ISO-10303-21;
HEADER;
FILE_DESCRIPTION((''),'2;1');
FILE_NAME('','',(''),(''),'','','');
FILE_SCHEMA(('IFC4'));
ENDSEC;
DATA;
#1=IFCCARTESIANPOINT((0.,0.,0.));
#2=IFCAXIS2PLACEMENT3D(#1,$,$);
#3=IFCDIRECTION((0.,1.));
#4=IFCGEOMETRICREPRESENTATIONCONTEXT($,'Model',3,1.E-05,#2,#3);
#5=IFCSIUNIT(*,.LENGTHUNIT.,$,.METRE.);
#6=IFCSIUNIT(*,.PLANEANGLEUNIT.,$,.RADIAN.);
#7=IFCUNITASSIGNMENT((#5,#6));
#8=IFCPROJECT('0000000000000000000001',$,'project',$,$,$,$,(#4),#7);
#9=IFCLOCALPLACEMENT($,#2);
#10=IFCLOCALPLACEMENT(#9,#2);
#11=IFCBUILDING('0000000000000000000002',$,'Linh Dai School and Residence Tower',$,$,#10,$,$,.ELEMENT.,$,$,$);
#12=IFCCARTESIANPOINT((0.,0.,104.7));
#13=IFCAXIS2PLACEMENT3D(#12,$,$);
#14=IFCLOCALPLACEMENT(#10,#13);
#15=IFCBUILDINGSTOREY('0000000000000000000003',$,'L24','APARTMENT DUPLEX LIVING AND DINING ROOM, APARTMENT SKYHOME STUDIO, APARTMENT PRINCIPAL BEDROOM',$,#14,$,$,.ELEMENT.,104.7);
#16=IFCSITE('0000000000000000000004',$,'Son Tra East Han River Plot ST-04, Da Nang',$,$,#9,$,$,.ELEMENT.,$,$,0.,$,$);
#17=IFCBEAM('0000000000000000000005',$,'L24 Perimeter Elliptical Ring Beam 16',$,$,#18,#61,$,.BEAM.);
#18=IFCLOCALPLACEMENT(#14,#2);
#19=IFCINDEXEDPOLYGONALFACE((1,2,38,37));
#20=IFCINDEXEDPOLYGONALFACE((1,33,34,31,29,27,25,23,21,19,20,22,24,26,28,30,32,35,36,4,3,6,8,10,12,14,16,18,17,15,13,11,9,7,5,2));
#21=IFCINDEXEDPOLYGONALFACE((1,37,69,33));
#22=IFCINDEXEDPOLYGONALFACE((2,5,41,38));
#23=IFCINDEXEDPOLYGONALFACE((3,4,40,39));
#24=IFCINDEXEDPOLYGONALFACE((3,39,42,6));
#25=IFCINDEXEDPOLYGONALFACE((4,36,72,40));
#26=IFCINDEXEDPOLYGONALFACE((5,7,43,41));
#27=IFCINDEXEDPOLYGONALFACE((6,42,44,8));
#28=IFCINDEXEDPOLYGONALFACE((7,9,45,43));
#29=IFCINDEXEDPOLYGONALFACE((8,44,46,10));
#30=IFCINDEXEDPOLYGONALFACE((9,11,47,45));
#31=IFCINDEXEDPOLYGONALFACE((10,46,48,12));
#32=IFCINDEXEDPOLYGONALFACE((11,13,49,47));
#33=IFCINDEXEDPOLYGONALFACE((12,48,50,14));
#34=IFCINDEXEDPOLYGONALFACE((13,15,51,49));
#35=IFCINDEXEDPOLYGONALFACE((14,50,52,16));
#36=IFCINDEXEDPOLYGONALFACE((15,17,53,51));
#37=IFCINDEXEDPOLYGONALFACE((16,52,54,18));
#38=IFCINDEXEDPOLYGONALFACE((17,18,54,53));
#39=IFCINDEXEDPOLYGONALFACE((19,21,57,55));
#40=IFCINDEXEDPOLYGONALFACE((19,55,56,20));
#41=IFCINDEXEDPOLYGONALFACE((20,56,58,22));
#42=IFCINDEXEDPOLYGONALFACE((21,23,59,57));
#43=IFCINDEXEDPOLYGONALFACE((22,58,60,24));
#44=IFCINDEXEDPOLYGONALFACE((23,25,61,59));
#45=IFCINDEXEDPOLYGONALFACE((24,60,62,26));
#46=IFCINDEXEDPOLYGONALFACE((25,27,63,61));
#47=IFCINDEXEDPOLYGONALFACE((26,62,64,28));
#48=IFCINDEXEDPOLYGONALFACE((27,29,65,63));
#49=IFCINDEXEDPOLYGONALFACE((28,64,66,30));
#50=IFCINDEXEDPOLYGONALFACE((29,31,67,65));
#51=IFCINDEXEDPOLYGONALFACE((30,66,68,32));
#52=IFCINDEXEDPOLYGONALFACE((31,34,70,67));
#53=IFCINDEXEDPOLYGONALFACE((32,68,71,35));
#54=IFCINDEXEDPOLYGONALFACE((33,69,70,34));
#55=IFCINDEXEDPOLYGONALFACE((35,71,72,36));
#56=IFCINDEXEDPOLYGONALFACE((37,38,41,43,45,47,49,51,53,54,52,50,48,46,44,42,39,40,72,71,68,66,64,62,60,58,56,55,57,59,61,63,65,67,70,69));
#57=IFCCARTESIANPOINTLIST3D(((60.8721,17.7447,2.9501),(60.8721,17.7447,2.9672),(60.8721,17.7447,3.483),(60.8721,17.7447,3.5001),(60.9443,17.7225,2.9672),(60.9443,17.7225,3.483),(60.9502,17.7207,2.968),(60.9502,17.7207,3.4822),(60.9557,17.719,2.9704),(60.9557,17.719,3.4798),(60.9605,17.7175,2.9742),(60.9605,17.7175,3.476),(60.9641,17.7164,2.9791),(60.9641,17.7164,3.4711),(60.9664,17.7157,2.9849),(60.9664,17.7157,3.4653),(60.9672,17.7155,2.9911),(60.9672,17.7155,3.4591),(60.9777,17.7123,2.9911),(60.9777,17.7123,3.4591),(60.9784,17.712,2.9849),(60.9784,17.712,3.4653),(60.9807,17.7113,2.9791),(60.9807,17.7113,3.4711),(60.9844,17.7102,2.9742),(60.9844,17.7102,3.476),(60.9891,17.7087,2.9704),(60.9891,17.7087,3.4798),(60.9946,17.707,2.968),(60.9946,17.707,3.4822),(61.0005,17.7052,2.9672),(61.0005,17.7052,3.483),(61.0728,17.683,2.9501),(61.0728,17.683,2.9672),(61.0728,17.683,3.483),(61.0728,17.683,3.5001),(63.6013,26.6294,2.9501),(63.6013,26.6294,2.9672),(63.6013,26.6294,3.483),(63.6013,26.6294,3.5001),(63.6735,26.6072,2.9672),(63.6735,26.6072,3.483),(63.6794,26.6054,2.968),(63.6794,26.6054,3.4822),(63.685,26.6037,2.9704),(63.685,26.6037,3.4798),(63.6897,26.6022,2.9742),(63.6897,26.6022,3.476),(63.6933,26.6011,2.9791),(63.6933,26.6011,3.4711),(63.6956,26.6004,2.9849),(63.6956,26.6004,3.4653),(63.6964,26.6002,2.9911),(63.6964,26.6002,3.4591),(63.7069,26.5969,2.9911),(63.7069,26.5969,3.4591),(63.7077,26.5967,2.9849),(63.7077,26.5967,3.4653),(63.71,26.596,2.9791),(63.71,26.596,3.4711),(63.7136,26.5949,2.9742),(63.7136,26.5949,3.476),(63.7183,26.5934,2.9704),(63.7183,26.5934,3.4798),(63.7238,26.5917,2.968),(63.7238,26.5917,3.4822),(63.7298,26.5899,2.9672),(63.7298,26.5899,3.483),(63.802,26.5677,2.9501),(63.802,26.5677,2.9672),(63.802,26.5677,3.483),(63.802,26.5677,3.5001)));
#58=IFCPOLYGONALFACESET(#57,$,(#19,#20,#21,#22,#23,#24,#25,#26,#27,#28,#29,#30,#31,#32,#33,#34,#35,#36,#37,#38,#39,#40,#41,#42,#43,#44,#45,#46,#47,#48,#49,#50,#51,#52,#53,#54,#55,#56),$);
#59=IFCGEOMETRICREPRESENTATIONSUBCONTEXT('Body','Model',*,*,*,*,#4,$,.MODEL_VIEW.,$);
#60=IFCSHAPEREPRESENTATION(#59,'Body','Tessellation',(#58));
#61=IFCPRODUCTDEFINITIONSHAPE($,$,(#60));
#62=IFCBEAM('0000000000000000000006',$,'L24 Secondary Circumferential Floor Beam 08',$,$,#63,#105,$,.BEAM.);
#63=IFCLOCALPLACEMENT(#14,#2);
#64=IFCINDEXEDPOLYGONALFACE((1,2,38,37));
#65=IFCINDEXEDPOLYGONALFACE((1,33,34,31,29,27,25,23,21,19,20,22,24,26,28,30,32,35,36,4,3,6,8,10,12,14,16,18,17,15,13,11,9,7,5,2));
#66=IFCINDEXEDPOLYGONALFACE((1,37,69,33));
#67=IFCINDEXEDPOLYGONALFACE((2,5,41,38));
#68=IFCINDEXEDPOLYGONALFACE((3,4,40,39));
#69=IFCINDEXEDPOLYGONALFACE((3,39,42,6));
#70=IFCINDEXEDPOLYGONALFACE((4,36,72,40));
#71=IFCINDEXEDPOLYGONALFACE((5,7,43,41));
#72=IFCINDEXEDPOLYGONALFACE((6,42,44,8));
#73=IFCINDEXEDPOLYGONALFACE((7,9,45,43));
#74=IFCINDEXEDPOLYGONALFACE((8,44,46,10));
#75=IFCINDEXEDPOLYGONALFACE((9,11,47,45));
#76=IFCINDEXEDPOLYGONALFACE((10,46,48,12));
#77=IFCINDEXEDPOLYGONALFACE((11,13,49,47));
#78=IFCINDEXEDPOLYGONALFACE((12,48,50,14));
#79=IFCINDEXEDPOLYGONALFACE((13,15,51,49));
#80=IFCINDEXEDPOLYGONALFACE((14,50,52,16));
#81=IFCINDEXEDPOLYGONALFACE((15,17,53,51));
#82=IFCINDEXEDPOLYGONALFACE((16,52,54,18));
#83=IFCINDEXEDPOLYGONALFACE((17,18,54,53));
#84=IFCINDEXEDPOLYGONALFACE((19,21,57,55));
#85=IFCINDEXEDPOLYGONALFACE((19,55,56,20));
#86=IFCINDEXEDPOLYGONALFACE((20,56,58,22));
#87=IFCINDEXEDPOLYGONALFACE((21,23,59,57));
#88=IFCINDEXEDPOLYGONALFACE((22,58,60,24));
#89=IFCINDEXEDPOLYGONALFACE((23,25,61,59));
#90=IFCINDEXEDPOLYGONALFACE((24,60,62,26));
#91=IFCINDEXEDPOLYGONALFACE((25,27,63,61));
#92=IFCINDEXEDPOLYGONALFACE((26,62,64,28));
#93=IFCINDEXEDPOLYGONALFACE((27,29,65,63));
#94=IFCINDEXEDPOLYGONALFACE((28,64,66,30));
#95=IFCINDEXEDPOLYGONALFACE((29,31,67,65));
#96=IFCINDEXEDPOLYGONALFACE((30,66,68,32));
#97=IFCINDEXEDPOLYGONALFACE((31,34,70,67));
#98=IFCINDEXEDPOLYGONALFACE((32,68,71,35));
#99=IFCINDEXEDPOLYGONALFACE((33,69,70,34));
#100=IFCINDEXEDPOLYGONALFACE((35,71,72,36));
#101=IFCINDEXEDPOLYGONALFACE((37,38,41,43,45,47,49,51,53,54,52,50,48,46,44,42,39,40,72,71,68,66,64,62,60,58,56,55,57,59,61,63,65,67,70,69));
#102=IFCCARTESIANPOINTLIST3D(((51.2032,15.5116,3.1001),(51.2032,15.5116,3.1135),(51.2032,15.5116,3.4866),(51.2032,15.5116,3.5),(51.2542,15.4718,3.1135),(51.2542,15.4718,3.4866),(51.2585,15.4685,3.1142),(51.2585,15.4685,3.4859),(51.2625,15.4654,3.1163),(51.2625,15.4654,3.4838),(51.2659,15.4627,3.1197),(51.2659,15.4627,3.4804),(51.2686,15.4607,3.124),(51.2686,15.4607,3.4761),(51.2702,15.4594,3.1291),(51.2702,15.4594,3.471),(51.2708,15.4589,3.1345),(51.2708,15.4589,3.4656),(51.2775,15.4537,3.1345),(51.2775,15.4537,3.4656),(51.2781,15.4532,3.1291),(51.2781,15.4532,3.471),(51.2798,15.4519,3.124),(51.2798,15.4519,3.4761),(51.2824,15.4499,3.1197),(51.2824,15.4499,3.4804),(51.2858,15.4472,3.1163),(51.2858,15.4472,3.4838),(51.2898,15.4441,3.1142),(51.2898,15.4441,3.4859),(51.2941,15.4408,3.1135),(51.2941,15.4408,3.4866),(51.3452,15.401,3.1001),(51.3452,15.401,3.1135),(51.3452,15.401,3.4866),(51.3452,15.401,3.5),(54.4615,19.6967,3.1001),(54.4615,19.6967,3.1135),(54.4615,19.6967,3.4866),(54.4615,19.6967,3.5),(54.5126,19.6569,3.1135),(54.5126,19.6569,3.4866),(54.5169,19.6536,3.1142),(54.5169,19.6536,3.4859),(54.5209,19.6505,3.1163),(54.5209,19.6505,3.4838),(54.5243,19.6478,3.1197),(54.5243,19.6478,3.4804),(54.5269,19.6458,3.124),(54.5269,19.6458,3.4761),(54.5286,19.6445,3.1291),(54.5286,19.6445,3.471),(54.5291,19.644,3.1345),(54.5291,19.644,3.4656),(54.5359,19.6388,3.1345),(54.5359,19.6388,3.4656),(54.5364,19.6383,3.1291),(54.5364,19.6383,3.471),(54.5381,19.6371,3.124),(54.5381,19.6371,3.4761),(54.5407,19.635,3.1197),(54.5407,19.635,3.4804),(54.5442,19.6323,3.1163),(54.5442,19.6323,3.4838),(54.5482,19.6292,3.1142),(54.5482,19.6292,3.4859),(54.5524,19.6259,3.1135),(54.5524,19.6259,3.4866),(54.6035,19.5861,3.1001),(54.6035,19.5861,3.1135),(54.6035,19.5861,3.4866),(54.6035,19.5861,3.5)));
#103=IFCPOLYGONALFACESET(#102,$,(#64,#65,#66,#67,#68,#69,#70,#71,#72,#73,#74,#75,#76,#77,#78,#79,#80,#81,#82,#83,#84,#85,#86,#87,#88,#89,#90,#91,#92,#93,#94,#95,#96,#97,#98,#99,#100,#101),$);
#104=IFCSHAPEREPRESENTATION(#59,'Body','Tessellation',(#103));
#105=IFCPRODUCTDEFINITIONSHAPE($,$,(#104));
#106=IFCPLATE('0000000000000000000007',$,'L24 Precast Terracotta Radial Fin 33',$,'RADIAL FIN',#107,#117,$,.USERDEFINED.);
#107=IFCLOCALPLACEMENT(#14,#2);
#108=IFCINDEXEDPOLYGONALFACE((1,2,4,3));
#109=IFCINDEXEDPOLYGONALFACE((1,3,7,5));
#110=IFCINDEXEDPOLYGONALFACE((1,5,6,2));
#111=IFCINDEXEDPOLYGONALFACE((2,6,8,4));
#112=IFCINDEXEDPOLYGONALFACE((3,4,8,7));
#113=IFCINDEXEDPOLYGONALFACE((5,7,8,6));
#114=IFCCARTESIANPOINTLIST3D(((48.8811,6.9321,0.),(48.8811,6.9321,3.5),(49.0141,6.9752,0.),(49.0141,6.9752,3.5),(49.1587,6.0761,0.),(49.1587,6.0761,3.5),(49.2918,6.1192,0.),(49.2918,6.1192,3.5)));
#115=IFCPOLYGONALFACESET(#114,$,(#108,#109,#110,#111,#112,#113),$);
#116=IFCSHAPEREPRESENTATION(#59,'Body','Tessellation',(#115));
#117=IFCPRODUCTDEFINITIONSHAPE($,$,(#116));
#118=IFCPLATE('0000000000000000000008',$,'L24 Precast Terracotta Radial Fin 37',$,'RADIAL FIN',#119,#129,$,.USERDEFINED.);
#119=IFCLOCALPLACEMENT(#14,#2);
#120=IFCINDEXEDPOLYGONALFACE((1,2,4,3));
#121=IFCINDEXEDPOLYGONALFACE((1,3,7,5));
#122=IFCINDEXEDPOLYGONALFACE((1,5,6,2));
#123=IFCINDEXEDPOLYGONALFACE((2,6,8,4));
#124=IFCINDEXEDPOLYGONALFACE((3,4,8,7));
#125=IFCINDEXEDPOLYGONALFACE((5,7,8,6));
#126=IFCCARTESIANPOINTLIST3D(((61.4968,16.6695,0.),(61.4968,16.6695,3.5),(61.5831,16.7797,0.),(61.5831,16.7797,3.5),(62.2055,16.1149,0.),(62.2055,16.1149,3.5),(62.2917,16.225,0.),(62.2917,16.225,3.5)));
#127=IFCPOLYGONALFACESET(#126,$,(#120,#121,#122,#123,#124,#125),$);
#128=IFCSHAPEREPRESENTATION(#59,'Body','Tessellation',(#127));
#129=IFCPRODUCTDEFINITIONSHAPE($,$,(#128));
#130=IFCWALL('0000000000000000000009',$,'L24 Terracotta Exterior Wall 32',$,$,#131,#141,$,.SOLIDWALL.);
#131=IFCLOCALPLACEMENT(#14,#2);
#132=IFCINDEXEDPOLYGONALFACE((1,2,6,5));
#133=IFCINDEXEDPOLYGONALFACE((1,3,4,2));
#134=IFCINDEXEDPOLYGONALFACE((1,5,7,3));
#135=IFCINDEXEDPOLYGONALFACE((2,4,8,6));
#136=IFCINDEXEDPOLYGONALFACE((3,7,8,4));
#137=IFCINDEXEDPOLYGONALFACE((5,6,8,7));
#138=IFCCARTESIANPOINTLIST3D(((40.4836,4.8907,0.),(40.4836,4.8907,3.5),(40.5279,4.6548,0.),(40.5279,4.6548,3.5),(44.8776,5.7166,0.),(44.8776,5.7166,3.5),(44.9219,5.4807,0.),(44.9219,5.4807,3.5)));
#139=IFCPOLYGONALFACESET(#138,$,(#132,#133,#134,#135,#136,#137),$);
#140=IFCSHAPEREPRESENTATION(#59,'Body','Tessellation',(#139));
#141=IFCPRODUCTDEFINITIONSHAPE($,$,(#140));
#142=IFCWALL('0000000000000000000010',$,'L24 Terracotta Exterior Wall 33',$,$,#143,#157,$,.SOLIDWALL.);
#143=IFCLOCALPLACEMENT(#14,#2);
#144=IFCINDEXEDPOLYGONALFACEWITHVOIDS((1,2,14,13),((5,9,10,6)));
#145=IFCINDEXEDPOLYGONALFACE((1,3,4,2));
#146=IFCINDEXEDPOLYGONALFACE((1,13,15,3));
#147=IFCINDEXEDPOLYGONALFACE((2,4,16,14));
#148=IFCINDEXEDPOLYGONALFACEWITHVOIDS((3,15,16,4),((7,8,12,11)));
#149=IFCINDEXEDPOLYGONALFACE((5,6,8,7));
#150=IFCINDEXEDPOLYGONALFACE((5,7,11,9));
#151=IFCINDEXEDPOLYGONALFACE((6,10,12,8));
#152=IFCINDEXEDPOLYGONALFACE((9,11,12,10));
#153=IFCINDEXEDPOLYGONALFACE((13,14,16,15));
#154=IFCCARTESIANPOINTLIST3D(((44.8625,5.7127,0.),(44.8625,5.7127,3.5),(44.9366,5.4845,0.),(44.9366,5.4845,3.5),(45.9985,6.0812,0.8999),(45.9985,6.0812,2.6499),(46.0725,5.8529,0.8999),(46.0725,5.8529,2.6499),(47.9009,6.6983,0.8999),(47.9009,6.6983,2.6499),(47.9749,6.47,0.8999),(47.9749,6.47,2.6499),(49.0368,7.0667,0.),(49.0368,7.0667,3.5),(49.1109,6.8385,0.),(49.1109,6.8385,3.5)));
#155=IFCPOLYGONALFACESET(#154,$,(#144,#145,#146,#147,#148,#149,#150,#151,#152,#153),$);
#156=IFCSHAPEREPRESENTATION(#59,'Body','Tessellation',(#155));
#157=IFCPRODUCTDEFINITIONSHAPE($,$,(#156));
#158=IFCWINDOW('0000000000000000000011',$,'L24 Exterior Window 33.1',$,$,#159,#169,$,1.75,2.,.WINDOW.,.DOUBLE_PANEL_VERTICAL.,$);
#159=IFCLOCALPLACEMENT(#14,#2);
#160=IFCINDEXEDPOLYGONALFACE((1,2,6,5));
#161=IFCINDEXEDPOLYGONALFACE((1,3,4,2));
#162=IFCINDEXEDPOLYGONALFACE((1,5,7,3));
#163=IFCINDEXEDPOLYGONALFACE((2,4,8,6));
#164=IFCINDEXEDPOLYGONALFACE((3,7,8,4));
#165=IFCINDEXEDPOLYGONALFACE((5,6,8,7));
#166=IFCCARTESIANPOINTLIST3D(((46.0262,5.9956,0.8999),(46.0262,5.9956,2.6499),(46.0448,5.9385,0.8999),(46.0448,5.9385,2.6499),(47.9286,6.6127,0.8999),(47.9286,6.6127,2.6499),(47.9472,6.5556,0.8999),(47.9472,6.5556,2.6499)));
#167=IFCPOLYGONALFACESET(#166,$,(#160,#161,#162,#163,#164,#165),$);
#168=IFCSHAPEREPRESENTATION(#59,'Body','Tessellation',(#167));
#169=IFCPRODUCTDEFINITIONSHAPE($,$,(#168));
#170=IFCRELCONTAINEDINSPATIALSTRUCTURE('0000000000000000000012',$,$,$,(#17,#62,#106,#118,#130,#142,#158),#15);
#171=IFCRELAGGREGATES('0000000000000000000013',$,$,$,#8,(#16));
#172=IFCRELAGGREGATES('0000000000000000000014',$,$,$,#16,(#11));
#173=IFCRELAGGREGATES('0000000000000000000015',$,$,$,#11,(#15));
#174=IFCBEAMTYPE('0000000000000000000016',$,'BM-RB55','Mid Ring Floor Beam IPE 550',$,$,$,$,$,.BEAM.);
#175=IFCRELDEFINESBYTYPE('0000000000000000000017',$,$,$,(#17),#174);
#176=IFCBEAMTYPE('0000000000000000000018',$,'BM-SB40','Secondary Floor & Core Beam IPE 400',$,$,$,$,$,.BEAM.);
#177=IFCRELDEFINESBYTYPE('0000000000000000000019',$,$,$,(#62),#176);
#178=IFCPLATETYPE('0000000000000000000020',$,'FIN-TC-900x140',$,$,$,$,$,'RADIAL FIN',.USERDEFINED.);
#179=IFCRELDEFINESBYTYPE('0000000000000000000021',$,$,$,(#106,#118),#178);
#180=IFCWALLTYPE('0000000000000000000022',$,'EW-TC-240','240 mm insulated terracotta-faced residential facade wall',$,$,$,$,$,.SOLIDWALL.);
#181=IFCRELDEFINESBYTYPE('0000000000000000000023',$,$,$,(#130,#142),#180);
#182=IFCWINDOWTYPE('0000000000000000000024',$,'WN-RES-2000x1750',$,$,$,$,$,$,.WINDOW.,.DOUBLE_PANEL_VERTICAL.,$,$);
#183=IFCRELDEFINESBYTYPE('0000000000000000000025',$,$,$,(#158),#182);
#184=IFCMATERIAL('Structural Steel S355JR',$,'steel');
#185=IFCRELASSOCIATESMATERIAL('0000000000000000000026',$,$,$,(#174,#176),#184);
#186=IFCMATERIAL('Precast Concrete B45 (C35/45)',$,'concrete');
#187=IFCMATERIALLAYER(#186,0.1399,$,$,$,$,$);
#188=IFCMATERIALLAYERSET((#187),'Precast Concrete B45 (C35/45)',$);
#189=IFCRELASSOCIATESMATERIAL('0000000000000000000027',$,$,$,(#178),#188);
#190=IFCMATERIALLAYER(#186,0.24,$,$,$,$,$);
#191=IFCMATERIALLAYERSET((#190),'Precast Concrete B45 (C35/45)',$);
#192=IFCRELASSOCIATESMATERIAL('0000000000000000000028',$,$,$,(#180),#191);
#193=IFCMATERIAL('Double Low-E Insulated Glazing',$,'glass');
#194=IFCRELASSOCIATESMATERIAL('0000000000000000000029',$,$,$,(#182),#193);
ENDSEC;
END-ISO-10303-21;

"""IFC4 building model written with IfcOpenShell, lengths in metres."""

from ifc_helpers import new_model, si_unit, direction, frame, frame_2d, origin, origin_2d, place, context, subcontext, project, spatial, rectangle, i_section, extrude, source, transform, mapped, material, layer, layer_set, material_profile, profile_set, type_object, element, fill, save


model = new_model("IFC4")

# Units and contexts
model_context = context("Model", 3, precision=1e-05, world=origin(), true_north=direction((0.0, 1.0)))
body_context = subcontext(model_context, "Body", "Model", "MODEL_VIEW")
ifc_project = project(units=[si_unit("LENGTHUNIT", "METRE"), si_unit("PLANEANGLEUNIT", "RADIAN")], contexts=[model_context])

# Site, building, storey
site_placement = place(None, origin())
site = spatial("IfcSite", under=ifc_project, at=site_placement, Name="Son Tra East Han River Plot ST-04, Da Nang", CompositionType="ELEMENT", RefElevation=0.0)
building_placement = place(site_placement, origin())
building = spatial("IfcBuilding", under=site, at=building_placement, Name="Linh Dai School and Residence Tower", CompositionType="ELEMENT")
storey_placement = place(building_placement, frame((0.0, 0.0, 104.7)))
storey = spatial("IfcBuildingStorey", under=building, at=storey_placement, Name="L24", Description="APARTMENT DUPLEX LIVING AND DINING ROOM, APARTMENT SKYHOME STUDIO, APARTMENT PRINCIPAL BEDROOM", CompositionType="ELEMENT", Elevation=104.7)

# Shared definitions
ifc_material_1 = material(Name="Structural Steel S355JR", Category="steel")

# Beams
ifc_material_profile_1 = material_profile(ifc_material_1, i_section(OverallWidth=0.21, OverallDepth=0.55, WebThickness=0.011, FlangeThickness=0.0171, FilletRadius=0.0239, at=origin_2d()), Name="IPE 550")
ifc_profile_set_1 = profile_set([ifc_material_profile_1], Name="Structural Steel S355JR")
beam_type_1 = type_object("IfcBeamType", Name="BM-RB55", Description="Mid Ring Floor Beam IPE 550", PredefinedType="BEAM", material=ifc_profile_set_1)
beam_1_placement = place(storey_placement, frame((60.9724, 17.7139, 3.2251), z_axis=(0.293641, 0.955916, 0.0), x_axis=(-0.955916, 0.293641, 0.0)))
element("IfcBeam", 1, at=beam_1_placement, inside=storey, type_object=beam_type_1, Name="L24 Perimeter Elliptical Ring Beam 16", PredefinedType="BEAM", context=body_context, shape_type="SweptSolid", body=[
    extrude(i_section(OverallWidth=0.21, OverallDepth=0.55, WebThickness=0.011, FlangeThickness=0.0171, FilletRadius=0.0239, at=origin_2d()), origin(), (0.0, 0.0, 1.0), 9.2944),
])
ifc_material_profile_2 = material_profile(ifc_material_1, i_section(OverallWidth=0.1799, OverallDepth=0.3999, WebThickness=0.0085, FlangeThickness=0.0134, FilletRadius=0.021, at=origin_2d()), Name="IPE 400")
ifc_profile_set_2 = profile_set([ifc_material_profile_2], Name="Structural Steel S355JR")
beam_type_2 = type_object("IfcBeamType", Name="BM-SB40", Description="Secondary Floor & Core Beam IPE 400", PredefinedType="BEAM", material=ifc_profile_set_2)
beam_2_placement = place(storey_placement, frame((51.2742, 15.4563, 3.3), z_axis=(0.614323, 0.789055, 0.0), x_axis=(-0.789055, 0.614323, 0.0)))
element("IfcBeam", 2, at=beam_2_placement, inside=storey, type_object=beam_type_2, Name="L24 Secondary Circumferential Floor Beam 08", PredefinedType="BEAM", context=body_context, shape_type="SweptSolid", body=[
    extrude(i_section(OverallWidth=0.1799, OverallDepth=0.3999, WebThickness=0.0085, FlangeThickness=0.0134, FilletRadius=0.021, at=origin_2d()), origin(), (0.0, 0.0, 1.0), 5.304),
])

# Plates
ifc_material_2 = material(Name="Precast Concrete B45 (C35/45)", Category="concrete")
ifc_layer_1 = layer(ifc_material_2, 0.1399)
ifc_layer_set_1 = layer_set([ifc_layer_1], Name="Precast Concrete B45 (C35/45)")
plate_type = type_object("IfcPlateType", Name="FIN-TC-900x140", ElementType="RADIAL FIN", PredefinedType="USERDEFINED", material=ifc_layer_set_1)
shared_shape_1 = source(origin(), body_context, "Body", "SweptSolid", [
    extrude(rectangle(XDim=0.8999, YDim=0.1399, at=origin_2d()), origin(), (0.0, 0.0, 1.0), 3.5),
])
for number, where, z_axis, x_axis, name in (
    (3, (49.0864, 6.5256, 0.0), (0.0, 0.0, 1.0), (0.308522, -0.951217, 0.0), "L24 Precast Terracotta Radial Fin 33"),
    (4, (61.8943, 16.4473, 0.0), (0.0, 0.0, 1.0), (0.787508, -0.616305, 0.0), "L24 Precast Terracotta Radial Fin 37"),
):
    element("IfcPlate", number, at=place(storey_placement, frame(where, z_axis=z_axis, x_axis=x_axis)), inside=storey, type_object=plate_type, Name=name, ObjectType="RADIAL FIN", PredefinedType="USERDEFINED", context=body_context, shape_type="MappedRepresentation", body=[
        mapped(shared_shape_1, transform((0.0, 0.0, 0.0), x_axis=(1.0, 0.0, 0.0), y_axis=(0.0, 1.0, 0.0), z_axis=(0.0, 0.0, 1.0), scale=1.0)),
    ])

# Wall
ifc_layer_2 = layer(ifc_material_2, 0.24)
ifc_layer_set_2 = layer_set([ifc_layer_2], Name="Precast Concrete B45 (C35/45)")
wall_type_1 = type_object("IfcWallType", Name="EW-TC-240", Description="240 mm insulated terracotta-faced residential facade wall", PredefinedType="SOLIDWALL", material=ifc_layer_set_2)
wall_1_placement = place(storey_placement, frame((44.8997, 5.5986, 0.0), z_axis=(0.0, 0.0, 1.0), x_axis=(-0.982789, -0.18473, 0.0)))
element("IfcWall", 5, at=wall_1_placement, inside=storey, type_object=wall_type_1, Name="L24 Terracotta Exterior Wall 32", PredefinedType="SOLIDWALL", context=body_context, shape_type="SweptSolid", body=[
    extrude(rectangle(XDim=4.4709, YDim=0.24, at=frame_2d((2.2354, 0.0))), origin(), (0.0, 0.0, 1.0), 3.5),
])

# Wall, opening, window
wall_2_placement = place(storey_placement, frame((49.074, 6.9526, 0.0), z_axis=(0.0, 0.0, 1.0), x_axis=(-0.951211, -0.30854, 0.0)))
wall_2 = element("IfcWall", 6, at=wall_2_placement, inside=storey, type_object=wall_type_1, Name="L24 Terracotta Exterior Wall 33", PredefinedType="SOLIDWALL", context=body_context, shape_type="SweptSolid", body=[
    extrude(rectangle(XDim=4.3884, YDim=0.24, at=frame_2d((2.1943, 0.0))), origin(), (0.0, 0.0, 1.0), 3.5),
])
opening_1_placement = place(wall_2_placement, frame((1.1943, 0.0, 0.8999)))
opening_1 = element("IfcOpeningElement", 7, at=opening_1_placement, cuts=wall_2, PredefinedType="OPENING", context=body_context, shape_type="SweptSolid", body=[
    extrude(rectangle(XDim=2.0, YDim=1.75, at=origin_2d()), frame((1.0, 0.1299, 0.875), z_axis=(0.0, -1.0, 0.0), x_axis=(1.0, 0.0, 0.0)), (0.0, 0.0, 1.0), 0.26),
])
ifc_material_3 = material(Name="Double Low-E Insulated Glazing", Category="glass")
window_type = type_object("IfcWindowType", Name="WN-RES-2000x1750", PartitioningType="DOUBLE_PANEL_VERTICAL", PredefinedType="WINDOW", material=ifc_material_3)
shared_shape_2 = source(origin(), body_context, "Body", "SweptSolid", [
    extrude(rectangle(XDim=2.0, YDim=1.75, at=origin_2d()), frame((1.0, 0.03, 0.875), z_axis=(0.0, -1.0, 0.0), x_axis=(1.0, 0.0, 0.0)), (0.0, 0.0, 1.0), 0.0601),
])
window_1_placement = place(opening_1_placement, origin())
window_1 = element("IfcWindow", 8, at=window_1_placement, inside=storey, type_object=window_type, Name="L24 Exterior Window 33.1", OverallHeight=1.75, OverallWidth=2.0, PartitioningType="DOUBLE_PANEL_VERTICAL", PredefinedType="WINDOW", context=body_context, shape_type="MappedRepresentation", body=[
    mapped(shared_shape_2, transform((0.0, 0.0, 0.0), x_axis=(1.0, 0.0, 0.0), y_axis=(0.0, 1.0, 0.0), z_axis=(0.0, 0.0, 1.0), scale=1.0)),
])
fill(opening_1, window_1)

save(model, "model.ifc")
